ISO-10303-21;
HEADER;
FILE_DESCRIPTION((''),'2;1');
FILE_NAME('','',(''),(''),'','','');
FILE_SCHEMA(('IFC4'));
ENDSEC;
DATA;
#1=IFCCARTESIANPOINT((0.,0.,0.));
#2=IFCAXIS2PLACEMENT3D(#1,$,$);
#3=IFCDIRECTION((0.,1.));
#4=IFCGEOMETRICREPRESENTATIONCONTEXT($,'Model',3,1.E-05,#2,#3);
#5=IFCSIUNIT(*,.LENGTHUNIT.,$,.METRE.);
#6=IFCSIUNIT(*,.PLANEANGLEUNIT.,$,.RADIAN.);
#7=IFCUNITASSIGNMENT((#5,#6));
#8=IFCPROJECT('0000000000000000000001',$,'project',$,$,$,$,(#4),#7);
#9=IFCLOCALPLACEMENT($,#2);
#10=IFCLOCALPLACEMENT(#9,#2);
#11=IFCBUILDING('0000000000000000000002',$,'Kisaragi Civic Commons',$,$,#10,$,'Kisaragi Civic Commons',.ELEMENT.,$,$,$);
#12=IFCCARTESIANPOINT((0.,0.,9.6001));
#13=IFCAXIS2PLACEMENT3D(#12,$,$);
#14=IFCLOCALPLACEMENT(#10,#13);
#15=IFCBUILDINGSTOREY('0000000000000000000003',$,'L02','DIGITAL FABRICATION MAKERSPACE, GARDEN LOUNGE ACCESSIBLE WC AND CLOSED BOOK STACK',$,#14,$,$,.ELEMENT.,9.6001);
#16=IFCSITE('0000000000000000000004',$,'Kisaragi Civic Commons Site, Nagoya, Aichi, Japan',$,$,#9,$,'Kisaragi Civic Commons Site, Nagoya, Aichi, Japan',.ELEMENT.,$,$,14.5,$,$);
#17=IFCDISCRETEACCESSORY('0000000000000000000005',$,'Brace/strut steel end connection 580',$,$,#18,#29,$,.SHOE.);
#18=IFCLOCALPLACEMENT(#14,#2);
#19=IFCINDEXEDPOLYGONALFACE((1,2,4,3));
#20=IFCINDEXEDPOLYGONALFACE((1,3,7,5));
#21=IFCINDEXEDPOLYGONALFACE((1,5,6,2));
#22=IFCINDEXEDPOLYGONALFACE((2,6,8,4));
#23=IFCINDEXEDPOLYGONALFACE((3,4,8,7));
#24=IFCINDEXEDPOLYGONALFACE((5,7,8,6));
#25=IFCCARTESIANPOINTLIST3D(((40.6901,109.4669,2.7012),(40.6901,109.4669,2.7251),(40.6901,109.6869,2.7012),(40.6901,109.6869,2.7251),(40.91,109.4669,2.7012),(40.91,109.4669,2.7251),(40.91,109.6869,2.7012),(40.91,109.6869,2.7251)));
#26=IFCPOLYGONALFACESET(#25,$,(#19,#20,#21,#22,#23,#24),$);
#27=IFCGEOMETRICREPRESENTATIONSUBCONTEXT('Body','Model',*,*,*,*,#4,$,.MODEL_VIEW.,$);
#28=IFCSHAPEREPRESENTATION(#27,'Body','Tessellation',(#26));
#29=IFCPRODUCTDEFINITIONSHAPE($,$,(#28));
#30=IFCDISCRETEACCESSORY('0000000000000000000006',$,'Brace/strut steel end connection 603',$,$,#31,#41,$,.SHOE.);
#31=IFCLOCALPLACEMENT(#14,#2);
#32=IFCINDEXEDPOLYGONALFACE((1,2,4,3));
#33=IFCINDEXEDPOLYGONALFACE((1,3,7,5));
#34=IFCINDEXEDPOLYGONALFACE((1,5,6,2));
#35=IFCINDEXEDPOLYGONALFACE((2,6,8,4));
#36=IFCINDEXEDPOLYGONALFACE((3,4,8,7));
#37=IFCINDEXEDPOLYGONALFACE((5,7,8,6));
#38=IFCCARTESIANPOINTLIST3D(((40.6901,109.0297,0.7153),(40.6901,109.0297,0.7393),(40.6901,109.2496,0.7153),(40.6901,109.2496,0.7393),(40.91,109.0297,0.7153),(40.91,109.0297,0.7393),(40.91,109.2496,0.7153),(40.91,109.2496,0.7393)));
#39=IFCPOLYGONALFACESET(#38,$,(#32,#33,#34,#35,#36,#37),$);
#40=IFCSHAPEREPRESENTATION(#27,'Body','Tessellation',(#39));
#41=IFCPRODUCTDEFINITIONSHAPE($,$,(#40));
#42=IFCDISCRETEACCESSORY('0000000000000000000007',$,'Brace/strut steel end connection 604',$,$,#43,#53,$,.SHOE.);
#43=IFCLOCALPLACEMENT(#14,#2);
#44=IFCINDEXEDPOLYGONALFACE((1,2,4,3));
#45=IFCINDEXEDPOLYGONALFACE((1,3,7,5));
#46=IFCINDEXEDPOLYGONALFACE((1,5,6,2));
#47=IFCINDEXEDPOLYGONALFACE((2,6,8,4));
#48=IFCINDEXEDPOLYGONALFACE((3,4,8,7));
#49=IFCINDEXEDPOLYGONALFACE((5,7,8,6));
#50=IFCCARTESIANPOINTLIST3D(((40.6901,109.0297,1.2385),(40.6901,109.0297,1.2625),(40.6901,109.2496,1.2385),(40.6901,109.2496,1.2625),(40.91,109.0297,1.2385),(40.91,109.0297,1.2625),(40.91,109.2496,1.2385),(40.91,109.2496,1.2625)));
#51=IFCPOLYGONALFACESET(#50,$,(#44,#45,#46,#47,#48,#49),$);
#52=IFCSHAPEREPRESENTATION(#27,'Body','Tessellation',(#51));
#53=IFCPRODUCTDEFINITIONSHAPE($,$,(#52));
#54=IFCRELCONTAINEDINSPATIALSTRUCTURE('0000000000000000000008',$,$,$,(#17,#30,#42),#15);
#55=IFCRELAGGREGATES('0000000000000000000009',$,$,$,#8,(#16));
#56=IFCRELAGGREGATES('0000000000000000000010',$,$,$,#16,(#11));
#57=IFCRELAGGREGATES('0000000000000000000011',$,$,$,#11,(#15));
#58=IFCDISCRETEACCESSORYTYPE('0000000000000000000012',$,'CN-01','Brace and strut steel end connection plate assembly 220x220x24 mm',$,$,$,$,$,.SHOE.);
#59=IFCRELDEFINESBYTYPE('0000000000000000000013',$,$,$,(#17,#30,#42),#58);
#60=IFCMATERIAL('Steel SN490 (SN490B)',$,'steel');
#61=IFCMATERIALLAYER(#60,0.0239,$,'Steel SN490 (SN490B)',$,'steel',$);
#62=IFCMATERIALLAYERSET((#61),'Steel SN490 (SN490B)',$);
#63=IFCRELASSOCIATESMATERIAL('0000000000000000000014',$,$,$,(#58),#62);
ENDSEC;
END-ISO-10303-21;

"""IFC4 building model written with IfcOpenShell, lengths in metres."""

from ifc_helpers import new_model, si_unit, direction, frame, origin, origin_2d, place, context, subcontext, project, spatial, rectangle, extrude, material, layer, layer_set, type_object, element, save


model = new_model("IFC4")

# Units and contexts
model_context = context("Model", 3, precision=1e-05, world=origin(), true_north=direction((0.0, 1.0)))
body_context = subcontext(model_context, "Body", "Model", "MODEL_VIEW")
ifc_project = project(units=[si_unit("LENGTHUNIT", "METRE"), si_unit("PLANEANGLEUNIT", "RADIAN")], contexts=[model_context])

# Site, building, storey
site_placement = place(None, origin())
site = spatial("IfcSite", under=ifc_project, at=site_placement, Name="Kisaragi Civic Commons Site, Nagoya, Aichi, Japan", LongName="Kisaragi Civic Commons Site, Nagoya, Aichi, Japan", CompositionType="ELEMENT", RefElevation=14.5)
building_placement = place(site_placement, origin())
building = spatial("IfcBuilding", under=site, at=building_placement, Name="Kisaragi Civic Commons", LongName="Kisaragi Civic Commons", CompositionType="ELEMENT")
storey_placement = place(building_placement, frame((0.0, 0.0, 9.6001)))
storey = spatial("IfcBuildingStorey", under=building, at=storey_placement, Name="L02", Description="DIGITAL FABRICATION MAKERSPACE, GARDEN LOUNGE ACCESSIBLE WC AND CLOSED BOOK STACK", CompositionType="ELEMENT", Elevation=9.6001)

# Shared definitions
ifc_material_1 = material(Name="Steel SN490 (SN490B)", Category="steel")

# Discrete accessories
ifc_layer_1 = layer(ifc_material_1, 0.0239, Name="Steel SN490 (SN490B)", Category="steel")
ifc_layer_set_1 = layer_set([ifc_layer_1], Name="Steel SN490 (SN490B)")
discrete_accessory_type = type_object("IfcDiscreteAccessoryType", Name="CN-01", Description="Brace and strut steel end connection plate assembly 220x220x24 mm", PredefinedType="SHOE", material=ifc_layer_set_1)
for number, where, z_axis, x_axis, name in (
    (1, (40.8, 109.5769, 2.7012), (0.0, 0.0, 1.0), (1.0, 0.0, 0.0), "Brace/strut steel end connection 580"),
    (2, (40.8, 109.1396, 0.7153), (0.0, 0.0, 1.0), (1.0, 0.0, 0.0), "Brace/strut steel end connection 603"),
    (3, (40.8, 109.1396, 1.2385), (0.0, 0.0, 1.0), (1.0, 0.0, 0.0), "Brace/strut steel end connection 604"),
):
    element("IfcDiscreteAccessory", number, at=place(storey_placement, frame(where, z_axis=z_axis, x_axis=x_axis)), inside=storey, type_object=discrete_accessory_type, Name=name, PredefinedType="SHOE", context=body_context, shape_type="SweptSolid", body=[
        extrude(rectangle(XDim=0.22, YDim=0.22, at=origin_2d()), origin(), (0.0, 0.0, 1.0), 0.0239),
    ])

save(model, "model.ifc")
